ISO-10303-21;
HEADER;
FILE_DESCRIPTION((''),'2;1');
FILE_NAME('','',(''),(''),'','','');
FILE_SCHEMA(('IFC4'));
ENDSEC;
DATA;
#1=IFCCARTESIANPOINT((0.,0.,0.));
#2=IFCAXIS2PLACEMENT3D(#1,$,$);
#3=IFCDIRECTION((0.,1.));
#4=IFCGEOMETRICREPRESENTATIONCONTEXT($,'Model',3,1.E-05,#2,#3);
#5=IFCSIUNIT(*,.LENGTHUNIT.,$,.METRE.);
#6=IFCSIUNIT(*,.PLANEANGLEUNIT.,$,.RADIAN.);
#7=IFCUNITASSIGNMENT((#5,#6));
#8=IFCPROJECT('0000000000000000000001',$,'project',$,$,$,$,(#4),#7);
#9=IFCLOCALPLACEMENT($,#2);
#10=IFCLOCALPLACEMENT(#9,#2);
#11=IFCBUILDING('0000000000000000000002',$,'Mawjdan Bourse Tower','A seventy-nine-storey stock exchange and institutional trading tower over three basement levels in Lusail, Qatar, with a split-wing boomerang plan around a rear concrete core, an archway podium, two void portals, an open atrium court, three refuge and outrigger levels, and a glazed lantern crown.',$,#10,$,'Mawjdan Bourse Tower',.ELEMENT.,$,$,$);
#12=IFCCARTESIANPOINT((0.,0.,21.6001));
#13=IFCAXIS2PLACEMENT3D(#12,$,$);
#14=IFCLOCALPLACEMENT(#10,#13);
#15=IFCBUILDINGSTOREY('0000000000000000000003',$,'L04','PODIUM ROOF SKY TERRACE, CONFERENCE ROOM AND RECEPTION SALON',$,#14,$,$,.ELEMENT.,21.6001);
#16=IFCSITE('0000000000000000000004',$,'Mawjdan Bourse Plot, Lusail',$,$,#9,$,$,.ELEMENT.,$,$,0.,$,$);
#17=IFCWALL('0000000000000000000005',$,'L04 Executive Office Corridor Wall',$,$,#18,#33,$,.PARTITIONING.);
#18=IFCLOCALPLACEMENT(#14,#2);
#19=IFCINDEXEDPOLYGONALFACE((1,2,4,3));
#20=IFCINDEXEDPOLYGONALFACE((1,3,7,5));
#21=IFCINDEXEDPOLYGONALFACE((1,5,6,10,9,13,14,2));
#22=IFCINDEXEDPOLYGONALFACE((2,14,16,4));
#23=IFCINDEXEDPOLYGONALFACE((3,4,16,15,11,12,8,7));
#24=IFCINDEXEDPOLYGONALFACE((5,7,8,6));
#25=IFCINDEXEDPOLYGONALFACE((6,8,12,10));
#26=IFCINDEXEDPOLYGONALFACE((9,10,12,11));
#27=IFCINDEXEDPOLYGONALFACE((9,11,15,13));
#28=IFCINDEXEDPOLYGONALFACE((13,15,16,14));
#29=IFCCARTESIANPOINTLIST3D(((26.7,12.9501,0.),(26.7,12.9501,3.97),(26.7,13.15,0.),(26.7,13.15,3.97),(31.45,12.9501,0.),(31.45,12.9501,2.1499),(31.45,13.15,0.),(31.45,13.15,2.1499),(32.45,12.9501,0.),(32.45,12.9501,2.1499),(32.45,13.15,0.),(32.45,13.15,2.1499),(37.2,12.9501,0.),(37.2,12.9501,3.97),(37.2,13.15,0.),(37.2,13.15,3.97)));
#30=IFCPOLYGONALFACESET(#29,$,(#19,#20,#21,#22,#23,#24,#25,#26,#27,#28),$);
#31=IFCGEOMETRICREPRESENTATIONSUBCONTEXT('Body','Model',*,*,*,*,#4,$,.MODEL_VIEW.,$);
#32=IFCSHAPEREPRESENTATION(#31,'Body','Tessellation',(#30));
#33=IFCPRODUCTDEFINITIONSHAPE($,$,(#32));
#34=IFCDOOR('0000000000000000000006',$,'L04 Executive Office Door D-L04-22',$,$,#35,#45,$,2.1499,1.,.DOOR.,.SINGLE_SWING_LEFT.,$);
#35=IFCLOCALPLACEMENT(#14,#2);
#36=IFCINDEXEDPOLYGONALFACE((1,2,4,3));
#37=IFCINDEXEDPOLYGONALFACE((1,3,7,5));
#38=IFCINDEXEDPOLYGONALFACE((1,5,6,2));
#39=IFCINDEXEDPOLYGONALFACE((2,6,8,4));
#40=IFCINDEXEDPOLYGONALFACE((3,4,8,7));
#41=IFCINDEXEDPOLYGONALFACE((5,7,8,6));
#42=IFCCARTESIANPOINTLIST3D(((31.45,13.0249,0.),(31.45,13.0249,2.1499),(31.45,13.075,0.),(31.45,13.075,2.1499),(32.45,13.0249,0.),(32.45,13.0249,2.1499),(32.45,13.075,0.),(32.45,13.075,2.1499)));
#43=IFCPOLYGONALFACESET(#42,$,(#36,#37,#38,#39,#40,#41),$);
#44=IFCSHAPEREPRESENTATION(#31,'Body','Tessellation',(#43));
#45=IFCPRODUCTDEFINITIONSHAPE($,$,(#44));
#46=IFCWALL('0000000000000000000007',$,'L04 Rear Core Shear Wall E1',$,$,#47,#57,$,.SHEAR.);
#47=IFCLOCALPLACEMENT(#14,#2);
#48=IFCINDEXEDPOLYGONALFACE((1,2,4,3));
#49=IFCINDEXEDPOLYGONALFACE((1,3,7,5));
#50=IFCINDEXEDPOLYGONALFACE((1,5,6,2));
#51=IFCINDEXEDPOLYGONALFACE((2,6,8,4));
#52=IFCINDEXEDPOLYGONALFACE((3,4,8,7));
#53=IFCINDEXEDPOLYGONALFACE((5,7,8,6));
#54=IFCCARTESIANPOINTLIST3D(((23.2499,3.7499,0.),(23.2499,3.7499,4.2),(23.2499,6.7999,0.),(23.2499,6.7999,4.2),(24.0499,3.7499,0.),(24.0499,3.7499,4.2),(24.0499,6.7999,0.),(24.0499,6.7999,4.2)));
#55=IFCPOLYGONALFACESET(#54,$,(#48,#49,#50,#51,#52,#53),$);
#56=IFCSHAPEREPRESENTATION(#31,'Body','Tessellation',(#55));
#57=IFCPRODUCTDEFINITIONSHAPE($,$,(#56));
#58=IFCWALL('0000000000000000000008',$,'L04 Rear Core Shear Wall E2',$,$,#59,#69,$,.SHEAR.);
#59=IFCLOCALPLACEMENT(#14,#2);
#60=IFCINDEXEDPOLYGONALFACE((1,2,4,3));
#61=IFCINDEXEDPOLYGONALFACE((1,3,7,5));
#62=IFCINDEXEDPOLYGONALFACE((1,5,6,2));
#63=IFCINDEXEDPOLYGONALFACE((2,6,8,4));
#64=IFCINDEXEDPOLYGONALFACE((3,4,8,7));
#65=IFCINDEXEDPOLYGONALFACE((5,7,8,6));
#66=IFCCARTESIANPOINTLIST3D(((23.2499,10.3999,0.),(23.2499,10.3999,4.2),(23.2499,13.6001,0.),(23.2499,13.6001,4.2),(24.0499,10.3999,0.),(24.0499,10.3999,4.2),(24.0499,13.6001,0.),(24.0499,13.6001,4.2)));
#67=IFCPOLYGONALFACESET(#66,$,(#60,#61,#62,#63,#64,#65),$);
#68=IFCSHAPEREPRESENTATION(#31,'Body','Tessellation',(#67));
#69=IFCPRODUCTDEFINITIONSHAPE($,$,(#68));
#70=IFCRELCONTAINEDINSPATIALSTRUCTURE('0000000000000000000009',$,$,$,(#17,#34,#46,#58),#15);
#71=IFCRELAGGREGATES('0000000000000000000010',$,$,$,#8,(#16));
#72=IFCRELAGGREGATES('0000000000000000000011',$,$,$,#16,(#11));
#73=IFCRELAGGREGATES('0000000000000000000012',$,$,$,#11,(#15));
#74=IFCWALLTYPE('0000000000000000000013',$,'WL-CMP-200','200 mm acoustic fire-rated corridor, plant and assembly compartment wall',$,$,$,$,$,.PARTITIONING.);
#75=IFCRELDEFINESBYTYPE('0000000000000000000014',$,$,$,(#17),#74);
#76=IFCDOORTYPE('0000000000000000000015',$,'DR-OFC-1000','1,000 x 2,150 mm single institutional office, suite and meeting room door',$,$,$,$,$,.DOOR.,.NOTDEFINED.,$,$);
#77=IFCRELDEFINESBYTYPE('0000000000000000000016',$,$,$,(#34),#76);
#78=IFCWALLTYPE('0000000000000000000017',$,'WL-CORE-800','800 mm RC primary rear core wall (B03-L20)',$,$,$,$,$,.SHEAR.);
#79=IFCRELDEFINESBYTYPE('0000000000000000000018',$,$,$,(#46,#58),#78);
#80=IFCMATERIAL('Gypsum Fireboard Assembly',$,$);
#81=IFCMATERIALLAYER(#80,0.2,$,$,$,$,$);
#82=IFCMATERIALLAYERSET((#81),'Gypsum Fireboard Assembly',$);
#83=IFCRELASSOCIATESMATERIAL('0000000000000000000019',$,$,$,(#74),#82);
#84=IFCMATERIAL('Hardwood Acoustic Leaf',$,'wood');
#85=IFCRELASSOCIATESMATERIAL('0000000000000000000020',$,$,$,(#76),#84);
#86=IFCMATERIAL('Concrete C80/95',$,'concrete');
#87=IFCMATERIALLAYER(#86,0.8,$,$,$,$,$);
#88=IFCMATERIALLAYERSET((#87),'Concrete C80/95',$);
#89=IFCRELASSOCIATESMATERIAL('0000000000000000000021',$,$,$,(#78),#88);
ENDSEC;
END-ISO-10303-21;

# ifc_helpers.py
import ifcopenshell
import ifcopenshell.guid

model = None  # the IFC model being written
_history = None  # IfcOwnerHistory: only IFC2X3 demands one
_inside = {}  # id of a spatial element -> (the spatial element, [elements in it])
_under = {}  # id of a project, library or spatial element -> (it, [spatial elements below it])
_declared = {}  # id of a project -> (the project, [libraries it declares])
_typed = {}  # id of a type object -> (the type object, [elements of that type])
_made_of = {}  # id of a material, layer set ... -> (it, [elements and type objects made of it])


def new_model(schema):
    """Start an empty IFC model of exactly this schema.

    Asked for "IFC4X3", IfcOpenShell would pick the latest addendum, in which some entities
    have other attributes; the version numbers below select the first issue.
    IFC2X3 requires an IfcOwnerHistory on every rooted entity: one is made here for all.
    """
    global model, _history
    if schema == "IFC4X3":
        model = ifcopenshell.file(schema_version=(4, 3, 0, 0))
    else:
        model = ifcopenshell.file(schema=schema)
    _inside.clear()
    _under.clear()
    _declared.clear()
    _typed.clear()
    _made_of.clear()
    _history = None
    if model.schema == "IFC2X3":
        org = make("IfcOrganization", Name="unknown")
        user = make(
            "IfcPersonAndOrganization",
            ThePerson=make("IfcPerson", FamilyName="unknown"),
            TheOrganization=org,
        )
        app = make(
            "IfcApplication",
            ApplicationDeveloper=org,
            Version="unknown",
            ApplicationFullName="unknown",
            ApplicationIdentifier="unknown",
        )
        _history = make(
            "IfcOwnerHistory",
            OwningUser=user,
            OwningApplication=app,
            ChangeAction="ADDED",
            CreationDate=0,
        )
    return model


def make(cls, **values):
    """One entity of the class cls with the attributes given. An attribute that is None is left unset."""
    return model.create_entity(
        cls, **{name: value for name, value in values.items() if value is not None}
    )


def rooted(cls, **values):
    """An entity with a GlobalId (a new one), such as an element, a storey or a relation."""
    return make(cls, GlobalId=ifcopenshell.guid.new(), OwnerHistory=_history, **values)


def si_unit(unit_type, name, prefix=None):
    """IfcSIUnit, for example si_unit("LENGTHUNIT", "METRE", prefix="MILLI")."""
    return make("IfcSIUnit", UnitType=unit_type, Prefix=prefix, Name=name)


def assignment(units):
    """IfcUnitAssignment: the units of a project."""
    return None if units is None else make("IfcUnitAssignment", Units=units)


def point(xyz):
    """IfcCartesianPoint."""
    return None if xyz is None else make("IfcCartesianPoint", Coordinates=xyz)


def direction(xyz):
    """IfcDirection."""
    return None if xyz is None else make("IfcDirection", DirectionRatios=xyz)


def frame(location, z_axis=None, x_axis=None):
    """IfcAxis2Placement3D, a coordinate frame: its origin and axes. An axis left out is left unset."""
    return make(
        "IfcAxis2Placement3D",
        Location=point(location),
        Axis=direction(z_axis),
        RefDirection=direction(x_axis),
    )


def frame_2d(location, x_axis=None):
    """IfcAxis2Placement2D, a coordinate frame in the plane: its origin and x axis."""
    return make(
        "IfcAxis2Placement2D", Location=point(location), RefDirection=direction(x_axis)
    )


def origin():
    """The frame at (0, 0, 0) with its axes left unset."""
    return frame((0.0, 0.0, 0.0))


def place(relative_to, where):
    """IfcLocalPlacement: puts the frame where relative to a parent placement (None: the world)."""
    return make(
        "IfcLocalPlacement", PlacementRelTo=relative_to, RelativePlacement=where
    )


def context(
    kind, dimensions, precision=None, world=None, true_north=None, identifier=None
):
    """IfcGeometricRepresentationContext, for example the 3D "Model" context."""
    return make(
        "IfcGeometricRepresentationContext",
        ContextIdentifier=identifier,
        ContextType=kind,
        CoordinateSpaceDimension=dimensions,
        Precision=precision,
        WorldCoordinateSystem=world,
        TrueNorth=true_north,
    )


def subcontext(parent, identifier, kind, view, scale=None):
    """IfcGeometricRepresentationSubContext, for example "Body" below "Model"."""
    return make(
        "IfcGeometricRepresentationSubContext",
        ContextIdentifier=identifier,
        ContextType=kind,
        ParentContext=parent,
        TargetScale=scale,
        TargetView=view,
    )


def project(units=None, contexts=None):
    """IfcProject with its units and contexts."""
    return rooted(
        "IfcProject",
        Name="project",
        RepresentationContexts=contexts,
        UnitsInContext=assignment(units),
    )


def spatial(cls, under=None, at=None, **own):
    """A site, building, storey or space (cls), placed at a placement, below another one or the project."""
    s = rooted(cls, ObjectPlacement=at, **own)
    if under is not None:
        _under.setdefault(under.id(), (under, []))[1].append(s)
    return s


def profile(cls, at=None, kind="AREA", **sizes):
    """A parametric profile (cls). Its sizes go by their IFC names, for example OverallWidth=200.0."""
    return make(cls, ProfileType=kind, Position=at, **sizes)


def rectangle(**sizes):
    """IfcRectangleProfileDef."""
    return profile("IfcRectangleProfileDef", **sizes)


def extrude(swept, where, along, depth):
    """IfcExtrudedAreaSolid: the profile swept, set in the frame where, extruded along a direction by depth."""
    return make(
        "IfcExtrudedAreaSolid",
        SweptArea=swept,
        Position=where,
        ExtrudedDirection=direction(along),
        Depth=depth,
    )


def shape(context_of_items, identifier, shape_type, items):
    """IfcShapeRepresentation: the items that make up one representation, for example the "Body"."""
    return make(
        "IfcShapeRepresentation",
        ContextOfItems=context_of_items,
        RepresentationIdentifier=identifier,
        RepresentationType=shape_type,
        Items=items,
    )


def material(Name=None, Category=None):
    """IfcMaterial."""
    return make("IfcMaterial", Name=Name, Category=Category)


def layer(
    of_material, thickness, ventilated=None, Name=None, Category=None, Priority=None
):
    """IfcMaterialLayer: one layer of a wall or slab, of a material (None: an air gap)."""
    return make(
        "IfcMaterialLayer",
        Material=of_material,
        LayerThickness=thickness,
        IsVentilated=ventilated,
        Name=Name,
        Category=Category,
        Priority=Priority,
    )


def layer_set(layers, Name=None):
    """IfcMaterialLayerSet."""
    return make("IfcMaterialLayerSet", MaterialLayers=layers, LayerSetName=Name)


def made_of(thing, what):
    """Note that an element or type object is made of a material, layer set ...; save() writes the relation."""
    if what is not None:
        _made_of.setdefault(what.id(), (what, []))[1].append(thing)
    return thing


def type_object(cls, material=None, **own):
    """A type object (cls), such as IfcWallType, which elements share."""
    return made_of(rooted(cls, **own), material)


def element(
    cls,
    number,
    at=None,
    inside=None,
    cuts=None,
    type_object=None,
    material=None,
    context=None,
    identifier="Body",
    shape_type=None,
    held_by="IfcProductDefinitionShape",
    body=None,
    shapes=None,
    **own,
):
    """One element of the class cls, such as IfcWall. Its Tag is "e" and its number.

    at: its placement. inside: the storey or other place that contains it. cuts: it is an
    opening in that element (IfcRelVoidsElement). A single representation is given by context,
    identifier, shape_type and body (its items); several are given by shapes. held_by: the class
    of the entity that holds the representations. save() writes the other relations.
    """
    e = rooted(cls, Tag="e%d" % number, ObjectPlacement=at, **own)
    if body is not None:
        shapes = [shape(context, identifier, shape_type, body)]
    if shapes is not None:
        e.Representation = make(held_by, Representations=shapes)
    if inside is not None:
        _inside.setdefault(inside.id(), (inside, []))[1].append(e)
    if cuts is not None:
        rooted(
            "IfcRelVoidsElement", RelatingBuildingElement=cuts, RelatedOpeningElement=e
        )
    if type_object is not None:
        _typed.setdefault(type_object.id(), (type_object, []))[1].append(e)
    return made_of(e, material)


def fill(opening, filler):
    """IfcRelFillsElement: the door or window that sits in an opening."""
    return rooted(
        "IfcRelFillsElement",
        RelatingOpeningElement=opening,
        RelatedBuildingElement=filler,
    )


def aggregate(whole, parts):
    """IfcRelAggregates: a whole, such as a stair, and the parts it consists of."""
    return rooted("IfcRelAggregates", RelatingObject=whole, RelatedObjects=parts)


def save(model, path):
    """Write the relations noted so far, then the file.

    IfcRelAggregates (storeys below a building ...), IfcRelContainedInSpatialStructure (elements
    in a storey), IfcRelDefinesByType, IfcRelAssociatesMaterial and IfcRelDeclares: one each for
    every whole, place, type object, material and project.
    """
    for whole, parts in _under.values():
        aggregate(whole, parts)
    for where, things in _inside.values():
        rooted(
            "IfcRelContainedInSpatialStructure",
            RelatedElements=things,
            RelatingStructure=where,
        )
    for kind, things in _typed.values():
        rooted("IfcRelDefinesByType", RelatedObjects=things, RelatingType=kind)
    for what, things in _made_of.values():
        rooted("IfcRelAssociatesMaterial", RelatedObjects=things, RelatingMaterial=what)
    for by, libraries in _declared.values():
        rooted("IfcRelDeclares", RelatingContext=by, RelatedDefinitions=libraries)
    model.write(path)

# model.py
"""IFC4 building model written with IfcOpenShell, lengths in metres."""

from ifc_helpers import new_model, si_unit, direction, frame, frame_2d, origin, place, context, subcontext, project, spatial, rectangle, extrude, material, layer, layer_set, type_object, element, fill, save


model = new_model("IFC4")

# Units and contexts
model_context = context("Model", 3, precision=1e-05, world=origin(), true_north=direction((0.0, 1.0)))
body_context = subcontext(model_context, "Body", "Model", "MODEL_VIEW")
ifc_project = project(units=[si_unit("LENGTHUNIT", "METRE"), si_unit("PLANEANGLEUNIT", "RADIAN")], contexts=[model_context])

# Site, building, storey
site_placement = place(None, origin())
site = spatial("IfcSite", under=ifc_project, at=site_placement, Name="Mawjdan Bourse Plot, Lusail", CompositionType="ELEMENT", RefElevation=0.0)
building_placement = place(site_placement, origin())
building = spatial("IfcBuilding", under=site, at=building_placement, Name="Mawjdan Bourse Tower", Description="A seventy-nine-storey stock exchange and institutional trading tower over three basement levels in Lusail, Qatar, with a split-wing boomerang plan around a rear concrete core, an archway podium, two void portals, an open atrium court, three refuge and outrigger levels, and a glazed lantern crown.", LongName="Mawjdan Bourse Tower", CompositionType="ELEMENT")
storey_placement = place(building_placement, frame((0.0, 0.0, 21.6001)))
storey = spatial("IfcBuildingStorey", under=building, at=storey_placement, Name="L04", Description="PODIUM ROOF SKY TERRACE, CONFERENCE ROOM AND RECEPTION SALON", CompositionType="ELEMENT", Elevation=21.6001)

# Shared definitions
ifc_material_1 = material(Name="Concrete C80/95", Category="concrete")

# Shared definitions
ifc_material_2 = material(Name="Gypsum Fireboard Assembly")
ifc_layer_1 = layer(ifc_material_2, 0.2)
ifc_layer_set_1 = layer_set([ifc_layer_1], Name="Gypsum Fireboard Assembly")
wall_type_1 = type_object("IfcWallType", Name="WL-CMP-200", Description="200 mm acoustic fire-rated corridor, plant and assembly compartment wall", PredefinedType="PARTITIONING", material=ifc_layer_set_1)
ifc_material_3 = material(Name="Hardwood Acoustic Leaf", Category="wood")
door_type_1 = type_object("IfcDoorType", Name="DR-OFC-1000", Description="1,000 x 2,150 mm single institutional office, suite and meeting room door", OperationType="NOTDEFINED", PredefinedType="DOOR", material=ifc_material_3)

# Wall, opening, door
wall_1_placement = place(storey_placement, frame((26.7, 13.05, 0.0), z_axis=(0.0, 0.0, 1.0), x_axis=(1.0, 0.0, 0.0)))
wall_1 = element("IfcWall", 1, at=wall_1_placement, inside=storey, type_object=wall_type_1, Name="L04 Executive Office Corridor Wall", PredefinedType="PARTITIONING", context=body_context, shape_type="SweptSolid", body=[
    extrude(rectangle(XDim=10.5, YDim=0.2, at=frame_2d((5.25, 0.0))), origin(), (0.0, 0.0, 1.0), 3.97),
])
opening_1_placement = place(wall_1_placement, frame((4.75, 0.0, 0.0)))
opening_1 = element("IfcOpeningElement", 2, at=opening_1_placement, cuts=wall_1, PredefinedType="OPENING", context=body_context, shape_type="SweptSolid", body=[
    extrude(rectangle(XDim=1.0, YDim=2.1499, at=frame_2d((0.5, 1.075))), frame((0.0, 0.1099, 0.0), z_axis=(0.0, -1.0, 0.0), x_axis=(1.0, 0.0, 0.0)), (0.0, 0.0, 1.0), 0.22),
])
door_1_placement = place(opening_1_placement, origin())
door_1 = element("IfcDoor", 3, at=door_1_placement, inside=storey, type_object=door_type_1, Name="L04 Executive Office Door D-L04-22", OperationType="SINGLE_SWING_LEFT", OverallHeight=2.1499, OverallWidth=1.0, PredefinedType="DOOR", context=body_context, shape_type="SweptSolid", body=[
    extrude(rectangle(XDim=1.0, YDim=2.1499, at=frame_2d((0.5, 1.075))), frame((0.0, 0.0249, 0.0), z_axis=(0.0, -1.0, 0.0), x_axis=(1.0, 0.0, 0.0)), (0.0, 0.0, 1.0), 0.05),
])
fill(opening_1, door_1)

# Walls
ifc_layer_2 = layer(ifc_material_1, 0.8)
ifc_layer_set_2 = layer_set([ifc_layer_2], Name="Concrete C80/95")
wall_type_2 = type_object("IfcWallType", Name="WL-CORE-800", Description="800 mm RC primary rear core wall (B03-L20)", PredefinedType="SHEAR", material=ifc_layer_set_2)
wall_2_placement = place(storey_placement, frame((23.6499, 3.75, 0.0), z_axis=(0.0, 0.0, 1.0), x_axis=(0.0, 1.0, 0.0)))
element("IfcWall", 4, at=wall_2_placement, inside=storey, type_object=wall_type_2, Name="L04 Rear Core Shear Wall E1", PredefinedType="SHEAR", context=body_context, shape_type="SweptSolid", body=[
    extrude(rectangle(XDim=3.05, YDim=0.8, at=frame_2d((1.5249, 0.0))), origin(), (0.0, 0.0, 1.0), 4.2),
])
wall_3_placement = place(storey_placement, frame((23.6499, 10.3999, 0.0), z_axis=(0.0, 0.0, 1.0), x_axis=(0.0, 1.0, 0.0)))
element("IfcWall", 5, at=wall_3_placement, inside=storey, type_object=wall_type_2, Name="L04 Rear Core Shear Wall E2", PredefinedType="SHEAR", context=body_context, shape_type="SweptSolid", body=[
    extrude(rectangle(XDim=3.2002, YDim=0.8, at=frame_2d((1.6001, 0.0))), origin(), (0.0, 0.0, 1.0), 4.2),
])

save(model, "model.ifc")
